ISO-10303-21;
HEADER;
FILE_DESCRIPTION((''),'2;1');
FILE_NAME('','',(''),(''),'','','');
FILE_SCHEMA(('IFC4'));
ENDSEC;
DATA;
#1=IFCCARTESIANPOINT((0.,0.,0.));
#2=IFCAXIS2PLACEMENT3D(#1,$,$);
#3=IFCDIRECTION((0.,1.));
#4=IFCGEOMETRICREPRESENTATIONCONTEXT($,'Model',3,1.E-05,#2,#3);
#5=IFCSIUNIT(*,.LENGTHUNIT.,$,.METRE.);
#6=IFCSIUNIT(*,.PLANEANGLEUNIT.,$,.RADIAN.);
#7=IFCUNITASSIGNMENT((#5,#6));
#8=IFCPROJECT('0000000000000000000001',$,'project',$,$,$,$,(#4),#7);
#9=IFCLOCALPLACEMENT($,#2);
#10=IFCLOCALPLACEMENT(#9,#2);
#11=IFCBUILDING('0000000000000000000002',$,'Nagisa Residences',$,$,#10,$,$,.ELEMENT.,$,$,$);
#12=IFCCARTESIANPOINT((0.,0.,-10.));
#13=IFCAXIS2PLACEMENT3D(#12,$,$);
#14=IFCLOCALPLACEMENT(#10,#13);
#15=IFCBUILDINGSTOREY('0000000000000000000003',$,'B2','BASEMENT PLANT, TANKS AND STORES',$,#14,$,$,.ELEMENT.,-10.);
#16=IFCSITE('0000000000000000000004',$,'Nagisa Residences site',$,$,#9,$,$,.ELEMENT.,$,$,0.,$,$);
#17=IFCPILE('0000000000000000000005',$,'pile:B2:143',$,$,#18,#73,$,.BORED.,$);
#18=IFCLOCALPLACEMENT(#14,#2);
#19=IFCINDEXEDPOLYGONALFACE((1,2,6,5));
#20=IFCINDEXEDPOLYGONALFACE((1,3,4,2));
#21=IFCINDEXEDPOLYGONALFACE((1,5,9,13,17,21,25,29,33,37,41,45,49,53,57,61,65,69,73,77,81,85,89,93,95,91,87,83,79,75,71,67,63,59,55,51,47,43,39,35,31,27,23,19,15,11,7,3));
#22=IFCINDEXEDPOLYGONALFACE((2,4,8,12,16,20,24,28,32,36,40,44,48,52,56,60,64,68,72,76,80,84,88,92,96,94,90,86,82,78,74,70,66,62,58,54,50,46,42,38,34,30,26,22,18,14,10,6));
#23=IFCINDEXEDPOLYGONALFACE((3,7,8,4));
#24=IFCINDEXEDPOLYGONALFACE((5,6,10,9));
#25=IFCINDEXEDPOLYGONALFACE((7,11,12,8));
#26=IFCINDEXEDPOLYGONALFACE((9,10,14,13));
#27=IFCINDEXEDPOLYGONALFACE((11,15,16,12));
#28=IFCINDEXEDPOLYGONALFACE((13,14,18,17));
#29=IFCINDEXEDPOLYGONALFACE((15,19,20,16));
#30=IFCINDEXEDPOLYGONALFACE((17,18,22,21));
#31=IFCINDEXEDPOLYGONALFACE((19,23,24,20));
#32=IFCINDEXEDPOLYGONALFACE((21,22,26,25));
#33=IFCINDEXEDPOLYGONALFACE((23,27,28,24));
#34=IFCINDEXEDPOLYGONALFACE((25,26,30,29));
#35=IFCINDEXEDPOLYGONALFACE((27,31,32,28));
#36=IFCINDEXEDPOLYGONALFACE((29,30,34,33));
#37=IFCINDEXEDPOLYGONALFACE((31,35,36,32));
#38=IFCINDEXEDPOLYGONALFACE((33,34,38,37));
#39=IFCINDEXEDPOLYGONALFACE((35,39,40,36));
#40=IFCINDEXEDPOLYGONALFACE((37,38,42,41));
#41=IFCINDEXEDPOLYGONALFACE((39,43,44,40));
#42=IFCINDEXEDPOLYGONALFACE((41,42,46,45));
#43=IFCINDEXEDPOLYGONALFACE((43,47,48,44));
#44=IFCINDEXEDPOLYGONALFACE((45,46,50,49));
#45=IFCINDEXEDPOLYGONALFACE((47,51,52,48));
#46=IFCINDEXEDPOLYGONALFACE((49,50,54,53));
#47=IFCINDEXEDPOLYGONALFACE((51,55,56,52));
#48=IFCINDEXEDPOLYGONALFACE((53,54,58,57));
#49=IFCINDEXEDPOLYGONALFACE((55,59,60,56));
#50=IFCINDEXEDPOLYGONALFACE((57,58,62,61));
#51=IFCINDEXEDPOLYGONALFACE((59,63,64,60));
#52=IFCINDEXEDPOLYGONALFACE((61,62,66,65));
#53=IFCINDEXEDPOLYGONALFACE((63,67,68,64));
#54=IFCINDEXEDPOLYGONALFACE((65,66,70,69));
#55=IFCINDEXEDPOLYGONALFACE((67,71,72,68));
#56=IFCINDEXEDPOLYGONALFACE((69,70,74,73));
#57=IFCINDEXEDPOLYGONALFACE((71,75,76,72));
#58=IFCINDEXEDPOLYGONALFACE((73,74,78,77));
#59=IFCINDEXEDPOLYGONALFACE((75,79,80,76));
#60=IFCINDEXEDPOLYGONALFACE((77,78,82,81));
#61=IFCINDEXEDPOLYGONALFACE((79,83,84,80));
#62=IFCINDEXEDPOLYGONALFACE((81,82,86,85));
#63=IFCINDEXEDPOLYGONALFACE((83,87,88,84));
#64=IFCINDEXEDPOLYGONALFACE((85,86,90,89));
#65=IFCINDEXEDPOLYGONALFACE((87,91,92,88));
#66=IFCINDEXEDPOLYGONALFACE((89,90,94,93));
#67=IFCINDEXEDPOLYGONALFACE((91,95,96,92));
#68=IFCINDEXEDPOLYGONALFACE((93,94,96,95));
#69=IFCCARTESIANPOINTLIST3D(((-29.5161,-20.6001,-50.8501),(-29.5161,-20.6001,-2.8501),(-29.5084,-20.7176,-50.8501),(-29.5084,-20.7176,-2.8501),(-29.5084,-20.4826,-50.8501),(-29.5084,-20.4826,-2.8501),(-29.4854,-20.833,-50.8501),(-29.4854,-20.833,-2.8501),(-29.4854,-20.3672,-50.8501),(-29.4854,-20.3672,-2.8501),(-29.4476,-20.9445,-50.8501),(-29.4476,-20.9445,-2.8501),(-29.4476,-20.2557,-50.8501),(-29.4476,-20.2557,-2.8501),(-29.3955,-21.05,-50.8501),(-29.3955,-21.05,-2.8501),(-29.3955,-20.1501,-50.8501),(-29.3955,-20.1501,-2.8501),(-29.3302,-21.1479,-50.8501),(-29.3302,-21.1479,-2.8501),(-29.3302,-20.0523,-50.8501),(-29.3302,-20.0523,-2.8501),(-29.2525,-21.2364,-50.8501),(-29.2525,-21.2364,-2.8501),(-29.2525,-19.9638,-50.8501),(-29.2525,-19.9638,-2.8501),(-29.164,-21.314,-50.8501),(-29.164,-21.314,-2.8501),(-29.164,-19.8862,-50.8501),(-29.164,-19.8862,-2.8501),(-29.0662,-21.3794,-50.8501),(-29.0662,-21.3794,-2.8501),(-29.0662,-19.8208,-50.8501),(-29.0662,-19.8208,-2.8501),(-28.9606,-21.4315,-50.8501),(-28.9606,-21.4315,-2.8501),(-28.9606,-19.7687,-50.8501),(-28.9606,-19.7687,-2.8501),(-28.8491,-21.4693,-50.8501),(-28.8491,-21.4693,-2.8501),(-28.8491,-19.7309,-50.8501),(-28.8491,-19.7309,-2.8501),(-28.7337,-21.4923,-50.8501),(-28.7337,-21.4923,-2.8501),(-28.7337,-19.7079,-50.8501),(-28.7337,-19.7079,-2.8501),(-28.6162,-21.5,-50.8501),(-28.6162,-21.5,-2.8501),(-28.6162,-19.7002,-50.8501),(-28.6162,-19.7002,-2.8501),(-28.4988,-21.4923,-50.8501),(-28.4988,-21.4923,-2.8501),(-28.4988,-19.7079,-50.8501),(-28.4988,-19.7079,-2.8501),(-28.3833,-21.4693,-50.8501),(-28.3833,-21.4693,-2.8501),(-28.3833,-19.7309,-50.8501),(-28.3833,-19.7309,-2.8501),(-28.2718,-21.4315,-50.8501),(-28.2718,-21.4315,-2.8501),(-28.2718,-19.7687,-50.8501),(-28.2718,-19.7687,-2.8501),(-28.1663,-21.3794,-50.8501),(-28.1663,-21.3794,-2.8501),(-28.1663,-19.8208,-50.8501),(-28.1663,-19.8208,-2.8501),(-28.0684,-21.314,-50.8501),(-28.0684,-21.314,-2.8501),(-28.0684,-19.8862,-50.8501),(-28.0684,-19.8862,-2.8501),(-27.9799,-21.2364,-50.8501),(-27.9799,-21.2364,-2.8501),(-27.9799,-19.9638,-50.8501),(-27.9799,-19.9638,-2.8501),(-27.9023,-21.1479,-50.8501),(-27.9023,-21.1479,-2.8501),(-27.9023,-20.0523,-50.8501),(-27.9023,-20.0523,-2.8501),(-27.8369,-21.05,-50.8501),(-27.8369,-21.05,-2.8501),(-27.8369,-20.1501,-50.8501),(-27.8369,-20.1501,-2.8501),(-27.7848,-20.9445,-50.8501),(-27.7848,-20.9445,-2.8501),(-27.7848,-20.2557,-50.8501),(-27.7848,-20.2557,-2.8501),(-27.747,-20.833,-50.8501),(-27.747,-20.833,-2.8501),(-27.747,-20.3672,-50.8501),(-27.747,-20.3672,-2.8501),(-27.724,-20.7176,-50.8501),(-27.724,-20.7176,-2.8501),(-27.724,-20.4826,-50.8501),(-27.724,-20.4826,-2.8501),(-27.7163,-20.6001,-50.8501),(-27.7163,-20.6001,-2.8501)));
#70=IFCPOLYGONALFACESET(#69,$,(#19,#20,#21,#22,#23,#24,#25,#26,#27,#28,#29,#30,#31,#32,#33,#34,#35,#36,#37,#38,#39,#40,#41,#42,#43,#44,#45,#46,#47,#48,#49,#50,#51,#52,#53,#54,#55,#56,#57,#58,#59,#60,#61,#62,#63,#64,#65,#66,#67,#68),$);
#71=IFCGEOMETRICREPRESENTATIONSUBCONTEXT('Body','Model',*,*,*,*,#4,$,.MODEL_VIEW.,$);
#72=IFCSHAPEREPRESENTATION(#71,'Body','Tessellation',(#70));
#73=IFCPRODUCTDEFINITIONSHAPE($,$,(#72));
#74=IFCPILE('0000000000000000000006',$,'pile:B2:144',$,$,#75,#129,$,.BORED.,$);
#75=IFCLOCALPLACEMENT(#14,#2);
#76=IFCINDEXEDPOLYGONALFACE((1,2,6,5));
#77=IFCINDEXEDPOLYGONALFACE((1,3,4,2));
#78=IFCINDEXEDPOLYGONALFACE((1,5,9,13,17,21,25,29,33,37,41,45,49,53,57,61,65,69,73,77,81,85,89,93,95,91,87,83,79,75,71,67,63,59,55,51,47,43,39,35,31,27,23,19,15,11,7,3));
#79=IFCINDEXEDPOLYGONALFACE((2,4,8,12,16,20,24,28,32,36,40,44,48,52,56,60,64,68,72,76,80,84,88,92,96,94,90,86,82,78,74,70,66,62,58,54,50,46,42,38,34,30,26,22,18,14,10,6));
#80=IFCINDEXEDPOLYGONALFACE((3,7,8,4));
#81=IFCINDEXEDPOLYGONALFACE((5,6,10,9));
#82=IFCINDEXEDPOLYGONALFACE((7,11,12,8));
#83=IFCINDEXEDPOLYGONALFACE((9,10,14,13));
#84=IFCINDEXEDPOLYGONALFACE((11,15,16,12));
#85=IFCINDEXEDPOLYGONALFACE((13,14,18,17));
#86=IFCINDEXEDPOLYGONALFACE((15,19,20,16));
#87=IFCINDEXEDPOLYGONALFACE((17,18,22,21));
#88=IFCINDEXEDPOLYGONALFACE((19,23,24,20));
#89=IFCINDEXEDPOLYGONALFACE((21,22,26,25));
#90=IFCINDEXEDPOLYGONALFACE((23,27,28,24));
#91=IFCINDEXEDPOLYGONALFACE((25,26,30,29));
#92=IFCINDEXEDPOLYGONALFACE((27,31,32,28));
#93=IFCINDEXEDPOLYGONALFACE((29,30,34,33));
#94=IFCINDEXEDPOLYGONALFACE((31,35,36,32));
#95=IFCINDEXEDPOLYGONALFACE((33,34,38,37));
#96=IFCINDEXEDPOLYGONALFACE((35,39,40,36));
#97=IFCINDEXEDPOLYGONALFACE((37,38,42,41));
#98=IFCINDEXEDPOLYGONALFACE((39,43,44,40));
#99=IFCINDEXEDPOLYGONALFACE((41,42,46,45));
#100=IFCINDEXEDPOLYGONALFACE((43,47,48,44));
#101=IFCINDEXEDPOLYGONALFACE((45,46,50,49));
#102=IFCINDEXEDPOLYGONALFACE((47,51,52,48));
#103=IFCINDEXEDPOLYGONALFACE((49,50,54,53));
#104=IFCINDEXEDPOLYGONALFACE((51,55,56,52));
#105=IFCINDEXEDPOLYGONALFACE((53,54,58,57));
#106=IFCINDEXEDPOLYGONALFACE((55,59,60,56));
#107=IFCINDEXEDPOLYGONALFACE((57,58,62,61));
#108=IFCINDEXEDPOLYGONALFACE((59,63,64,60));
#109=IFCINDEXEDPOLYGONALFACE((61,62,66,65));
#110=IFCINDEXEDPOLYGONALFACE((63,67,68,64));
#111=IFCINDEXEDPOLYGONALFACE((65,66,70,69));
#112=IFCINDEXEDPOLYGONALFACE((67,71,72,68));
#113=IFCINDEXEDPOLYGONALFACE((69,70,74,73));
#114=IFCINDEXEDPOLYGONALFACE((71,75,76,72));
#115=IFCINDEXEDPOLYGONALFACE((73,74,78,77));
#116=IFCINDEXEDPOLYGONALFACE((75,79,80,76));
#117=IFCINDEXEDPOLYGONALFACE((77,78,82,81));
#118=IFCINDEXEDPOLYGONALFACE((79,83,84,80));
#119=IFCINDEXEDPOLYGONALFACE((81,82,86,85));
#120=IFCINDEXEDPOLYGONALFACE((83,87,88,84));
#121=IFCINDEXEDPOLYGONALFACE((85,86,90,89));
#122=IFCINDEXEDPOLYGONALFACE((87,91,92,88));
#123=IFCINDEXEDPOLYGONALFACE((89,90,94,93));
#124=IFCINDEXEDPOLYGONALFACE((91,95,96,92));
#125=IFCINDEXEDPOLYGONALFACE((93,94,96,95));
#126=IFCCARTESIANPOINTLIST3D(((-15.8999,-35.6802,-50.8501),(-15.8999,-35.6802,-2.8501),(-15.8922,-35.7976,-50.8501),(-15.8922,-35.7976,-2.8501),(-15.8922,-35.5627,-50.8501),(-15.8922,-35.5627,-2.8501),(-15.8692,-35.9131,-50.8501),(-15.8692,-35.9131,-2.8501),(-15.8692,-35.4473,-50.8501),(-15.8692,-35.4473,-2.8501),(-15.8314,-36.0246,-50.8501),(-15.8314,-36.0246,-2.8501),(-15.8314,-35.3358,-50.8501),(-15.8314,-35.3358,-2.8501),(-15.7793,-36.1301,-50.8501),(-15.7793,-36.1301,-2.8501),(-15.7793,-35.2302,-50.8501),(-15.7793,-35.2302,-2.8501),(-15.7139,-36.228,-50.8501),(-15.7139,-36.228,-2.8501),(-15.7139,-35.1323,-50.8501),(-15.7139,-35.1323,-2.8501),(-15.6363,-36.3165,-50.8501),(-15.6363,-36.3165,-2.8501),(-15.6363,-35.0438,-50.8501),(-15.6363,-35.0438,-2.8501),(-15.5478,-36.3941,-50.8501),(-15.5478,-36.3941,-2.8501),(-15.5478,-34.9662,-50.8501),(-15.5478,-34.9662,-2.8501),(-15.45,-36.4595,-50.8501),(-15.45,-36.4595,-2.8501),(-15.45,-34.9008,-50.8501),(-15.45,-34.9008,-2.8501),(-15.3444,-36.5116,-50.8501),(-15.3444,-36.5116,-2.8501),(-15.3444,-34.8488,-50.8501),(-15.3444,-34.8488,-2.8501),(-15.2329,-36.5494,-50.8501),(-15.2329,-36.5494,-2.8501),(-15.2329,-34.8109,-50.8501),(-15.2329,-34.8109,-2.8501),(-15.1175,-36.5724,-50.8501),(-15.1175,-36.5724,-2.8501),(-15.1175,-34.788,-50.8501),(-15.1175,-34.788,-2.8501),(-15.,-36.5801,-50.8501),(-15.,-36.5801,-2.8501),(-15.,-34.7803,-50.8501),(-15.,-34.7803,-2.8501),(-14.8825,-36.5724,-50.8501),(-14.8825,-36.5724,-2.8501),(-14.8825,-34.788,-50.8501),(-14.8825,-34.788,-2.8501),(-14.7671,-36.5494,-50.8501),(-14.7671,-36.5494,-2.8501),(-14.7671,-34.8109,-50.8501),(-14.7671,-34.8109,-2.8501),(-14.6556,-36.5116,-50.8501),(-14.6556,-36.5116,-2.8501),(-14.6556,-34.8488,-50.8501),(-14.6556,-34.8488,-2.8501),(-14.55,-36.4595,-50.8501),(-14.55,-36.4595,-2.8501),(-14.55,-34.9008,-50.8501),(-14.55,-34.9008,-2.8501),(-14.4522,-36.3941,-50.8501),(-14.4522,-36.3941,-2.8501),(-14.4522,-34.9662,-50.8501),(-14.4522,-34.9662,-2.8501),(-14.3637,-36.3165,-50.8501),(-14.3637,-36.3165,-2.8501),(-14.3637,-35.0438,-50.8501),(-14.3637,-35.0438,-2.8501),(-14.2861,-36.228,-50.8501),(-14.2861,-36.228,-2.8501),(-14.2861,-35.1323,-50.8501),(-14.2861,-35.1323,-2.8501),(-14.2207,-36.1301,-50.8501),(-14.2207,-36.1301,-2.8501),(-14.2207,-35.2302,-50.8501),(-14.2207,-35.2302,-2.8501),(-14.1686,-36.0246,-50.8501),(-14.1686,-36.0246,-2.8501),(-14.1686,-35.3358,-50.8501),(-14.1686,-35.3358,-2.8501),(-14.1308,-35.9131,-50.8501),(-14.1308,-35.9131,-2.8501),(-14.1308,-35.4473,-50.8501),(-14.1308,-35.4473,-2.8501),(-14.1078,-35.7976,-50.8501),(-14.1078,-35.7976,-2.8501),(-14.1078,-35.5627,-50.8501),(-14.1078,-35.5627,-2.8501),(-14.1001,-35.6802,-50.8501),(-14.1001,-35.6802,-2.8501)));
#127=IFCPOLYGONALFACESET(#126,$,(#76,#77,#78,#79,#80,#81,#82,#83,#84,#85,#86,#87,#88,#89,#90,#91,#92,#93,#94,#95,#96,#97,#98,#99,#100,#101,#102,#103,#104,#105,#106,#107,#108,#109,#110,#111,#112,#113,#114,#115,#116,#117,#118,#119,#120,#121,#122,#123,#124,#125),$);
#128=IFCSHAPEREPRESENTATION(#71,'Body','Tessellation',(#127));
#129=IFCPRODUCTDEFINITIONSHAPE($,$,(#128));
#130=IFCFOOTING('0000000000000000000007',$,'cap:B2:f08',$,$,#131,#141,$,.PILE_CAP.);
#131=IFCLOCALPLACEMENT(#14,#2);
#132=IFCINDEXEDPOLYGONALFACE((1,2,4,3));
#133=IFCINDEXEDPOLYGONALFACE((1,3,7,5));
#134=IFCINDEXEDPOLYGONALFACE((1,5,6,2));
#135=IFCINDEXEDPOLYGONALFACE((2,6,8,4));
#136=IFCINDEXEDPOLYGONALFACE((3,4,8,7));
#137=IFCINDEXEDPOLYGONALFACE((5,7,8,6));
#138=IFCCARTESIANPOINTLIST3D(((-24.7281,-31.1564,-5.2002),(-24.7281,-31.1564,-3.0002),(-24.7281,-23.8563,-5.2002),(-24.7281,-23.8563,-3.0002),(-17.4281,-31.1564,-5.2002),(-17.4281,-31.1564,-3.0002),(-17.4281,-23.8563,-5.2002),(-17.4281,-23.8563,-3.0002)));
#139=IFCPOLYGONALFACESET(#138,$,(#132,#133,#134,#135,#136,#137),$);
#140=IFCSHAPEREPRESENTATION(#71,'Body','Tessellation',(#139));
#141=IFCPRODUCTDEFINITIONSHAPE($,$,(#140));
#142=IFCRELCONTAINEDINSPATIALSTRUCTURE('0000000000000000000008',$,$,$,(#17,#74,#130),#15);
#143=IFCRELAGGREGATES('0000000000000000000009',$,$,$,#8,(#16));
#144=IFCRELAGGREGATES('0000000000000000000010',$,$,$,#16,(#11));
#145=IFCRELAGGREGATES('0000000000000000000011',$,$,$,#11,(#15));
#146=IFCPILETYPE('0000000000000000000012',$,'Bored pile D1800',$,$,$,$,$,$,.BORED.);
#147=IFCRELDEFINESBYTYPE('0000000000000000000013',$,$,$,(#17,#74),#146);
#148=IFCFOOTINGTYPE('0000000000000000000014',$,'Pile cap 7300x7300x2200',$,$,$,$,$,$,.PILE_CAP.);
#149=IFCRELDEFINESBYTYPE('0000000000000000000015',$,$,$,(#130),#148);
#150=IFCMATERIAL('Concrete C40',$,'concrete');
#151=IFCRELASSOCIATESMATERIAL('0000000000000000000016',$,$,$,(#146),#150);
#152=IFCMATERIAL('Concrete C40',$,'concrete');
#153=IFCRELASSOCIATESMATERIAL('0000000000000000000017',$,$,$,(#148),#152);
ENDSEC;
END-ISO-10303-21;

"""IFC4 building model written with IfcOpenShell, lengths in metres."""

from ifc_helpers import new_model, si_unit, direction, frame, origin, origin_2d, place, context, subcontext, project, spatial, rectangle, circle, extrude, material, material_profile, profile_set, type_object, element, save


model = new_model("IFC4")

# Units and contexts
model_context = context("Model", 3, precision=1e-05, world=origin(), true_north=direction((0.0, 1.0)))
body_context = subcontext(model_context, "Body", "Model", "MODEL_VIEW")
ifc_project = project(units=[si_unit("LENGTHUNIT", "METRE"), si_unit("PLANEANGLEUNIT", "RADIAN")], contexts=[model_context])

# Site, building, storey
site_placement = place(None, origin())
site = spatial("IfcSite", under=ifc_project, at=site_placement, Name="Nagisa Residences site", CompositionType="ELEMENT", RefElevation=0.0)
building_placement = place(site_placement, origin())
building = spatial("IfcBuilding", under=site, at=building_placement, Name="Nagisa Residences", CompositionType="ELEMENT")
storey_placement = place(building_placement, frame((0.0, 0.0, -10.0)))
storey = spatial("IfcBuildingStorey", under=building, at=storey_placement, Name="B2", Description="BASEMENT PLANT, TANKS AND STORES", CompositionType="ELEMENT", Elevation=-10.0)

# Piles
ifc_material_1 = material(Name="Concrete C40", Category="concrete")
ifc_material_profile_1 = material_profile(ifc_material_1, circle(Radius=0.8999, at=origin_2d()), Name="Bored pile D1800")
ifc_profile_set_1 = profile_set([ifc_material_profile_1], Name="Concrete C40")
pile_type = type_object("IfcPileType", Name="Bored pile D1800", PredefinedType="BORED", material=ifc_profile_set_1)
for number, where, z_axis, x_axis, name in (
    (1, (-28.6162, -20.6001, -2.8501), (0.0, 0.0, -1.0), (1.0, 0.0, 0.0), "pile:B2:143"),
    (2, (-15.0, -35.6802, -2.8501), (0.0, 0.0, -1.0), (1.0, 0.0, 0.0), "pile:B2:144"),
):
    element("IfcPile", number, at=place(storey_placement, frame(where, z_axis=z_axis, x_axis=x_axis)), inside=storey, type_object=pile_type, Name=name, PredefinedType="BORED", context=body_context, shape_type="SweptSolid", body=[
        extrude(circle(Radius=0.8999, at=origin_2d()), origin(), (0.0, 0.0, 1.0), 48.0),
    ])

# Footing
ifc_material_2 = material(Name="Concrete C40", Category="concrete")
footing_type = type_object("IfcFootingType", Name="Pile cap 7300x7300x2200", PredefinedType="PILE_CAP", material=ifc_material_2)
footing_placement = place(storey_placement, frame((-21.0781, -27.5063, -5.2002), z_axis=(0.0, 0.0, 1.0), x_axis=(1.0, 0.0, 0.0)))
element("IfcFooting", 3, at=footing_placement, inside=storey, type_object=footing_type, Name="cap:B2:f08", PredefinedType="PILE_CAP", context=body_context, shape_type="SweptSolid", body=[
    extrude(rectangle(XDim=7.3, YDim=7.3, at=origin_2d()), origin(), (0.0, 0.0, 1.0), 2.2),
])

save(model, "model.ifc")
